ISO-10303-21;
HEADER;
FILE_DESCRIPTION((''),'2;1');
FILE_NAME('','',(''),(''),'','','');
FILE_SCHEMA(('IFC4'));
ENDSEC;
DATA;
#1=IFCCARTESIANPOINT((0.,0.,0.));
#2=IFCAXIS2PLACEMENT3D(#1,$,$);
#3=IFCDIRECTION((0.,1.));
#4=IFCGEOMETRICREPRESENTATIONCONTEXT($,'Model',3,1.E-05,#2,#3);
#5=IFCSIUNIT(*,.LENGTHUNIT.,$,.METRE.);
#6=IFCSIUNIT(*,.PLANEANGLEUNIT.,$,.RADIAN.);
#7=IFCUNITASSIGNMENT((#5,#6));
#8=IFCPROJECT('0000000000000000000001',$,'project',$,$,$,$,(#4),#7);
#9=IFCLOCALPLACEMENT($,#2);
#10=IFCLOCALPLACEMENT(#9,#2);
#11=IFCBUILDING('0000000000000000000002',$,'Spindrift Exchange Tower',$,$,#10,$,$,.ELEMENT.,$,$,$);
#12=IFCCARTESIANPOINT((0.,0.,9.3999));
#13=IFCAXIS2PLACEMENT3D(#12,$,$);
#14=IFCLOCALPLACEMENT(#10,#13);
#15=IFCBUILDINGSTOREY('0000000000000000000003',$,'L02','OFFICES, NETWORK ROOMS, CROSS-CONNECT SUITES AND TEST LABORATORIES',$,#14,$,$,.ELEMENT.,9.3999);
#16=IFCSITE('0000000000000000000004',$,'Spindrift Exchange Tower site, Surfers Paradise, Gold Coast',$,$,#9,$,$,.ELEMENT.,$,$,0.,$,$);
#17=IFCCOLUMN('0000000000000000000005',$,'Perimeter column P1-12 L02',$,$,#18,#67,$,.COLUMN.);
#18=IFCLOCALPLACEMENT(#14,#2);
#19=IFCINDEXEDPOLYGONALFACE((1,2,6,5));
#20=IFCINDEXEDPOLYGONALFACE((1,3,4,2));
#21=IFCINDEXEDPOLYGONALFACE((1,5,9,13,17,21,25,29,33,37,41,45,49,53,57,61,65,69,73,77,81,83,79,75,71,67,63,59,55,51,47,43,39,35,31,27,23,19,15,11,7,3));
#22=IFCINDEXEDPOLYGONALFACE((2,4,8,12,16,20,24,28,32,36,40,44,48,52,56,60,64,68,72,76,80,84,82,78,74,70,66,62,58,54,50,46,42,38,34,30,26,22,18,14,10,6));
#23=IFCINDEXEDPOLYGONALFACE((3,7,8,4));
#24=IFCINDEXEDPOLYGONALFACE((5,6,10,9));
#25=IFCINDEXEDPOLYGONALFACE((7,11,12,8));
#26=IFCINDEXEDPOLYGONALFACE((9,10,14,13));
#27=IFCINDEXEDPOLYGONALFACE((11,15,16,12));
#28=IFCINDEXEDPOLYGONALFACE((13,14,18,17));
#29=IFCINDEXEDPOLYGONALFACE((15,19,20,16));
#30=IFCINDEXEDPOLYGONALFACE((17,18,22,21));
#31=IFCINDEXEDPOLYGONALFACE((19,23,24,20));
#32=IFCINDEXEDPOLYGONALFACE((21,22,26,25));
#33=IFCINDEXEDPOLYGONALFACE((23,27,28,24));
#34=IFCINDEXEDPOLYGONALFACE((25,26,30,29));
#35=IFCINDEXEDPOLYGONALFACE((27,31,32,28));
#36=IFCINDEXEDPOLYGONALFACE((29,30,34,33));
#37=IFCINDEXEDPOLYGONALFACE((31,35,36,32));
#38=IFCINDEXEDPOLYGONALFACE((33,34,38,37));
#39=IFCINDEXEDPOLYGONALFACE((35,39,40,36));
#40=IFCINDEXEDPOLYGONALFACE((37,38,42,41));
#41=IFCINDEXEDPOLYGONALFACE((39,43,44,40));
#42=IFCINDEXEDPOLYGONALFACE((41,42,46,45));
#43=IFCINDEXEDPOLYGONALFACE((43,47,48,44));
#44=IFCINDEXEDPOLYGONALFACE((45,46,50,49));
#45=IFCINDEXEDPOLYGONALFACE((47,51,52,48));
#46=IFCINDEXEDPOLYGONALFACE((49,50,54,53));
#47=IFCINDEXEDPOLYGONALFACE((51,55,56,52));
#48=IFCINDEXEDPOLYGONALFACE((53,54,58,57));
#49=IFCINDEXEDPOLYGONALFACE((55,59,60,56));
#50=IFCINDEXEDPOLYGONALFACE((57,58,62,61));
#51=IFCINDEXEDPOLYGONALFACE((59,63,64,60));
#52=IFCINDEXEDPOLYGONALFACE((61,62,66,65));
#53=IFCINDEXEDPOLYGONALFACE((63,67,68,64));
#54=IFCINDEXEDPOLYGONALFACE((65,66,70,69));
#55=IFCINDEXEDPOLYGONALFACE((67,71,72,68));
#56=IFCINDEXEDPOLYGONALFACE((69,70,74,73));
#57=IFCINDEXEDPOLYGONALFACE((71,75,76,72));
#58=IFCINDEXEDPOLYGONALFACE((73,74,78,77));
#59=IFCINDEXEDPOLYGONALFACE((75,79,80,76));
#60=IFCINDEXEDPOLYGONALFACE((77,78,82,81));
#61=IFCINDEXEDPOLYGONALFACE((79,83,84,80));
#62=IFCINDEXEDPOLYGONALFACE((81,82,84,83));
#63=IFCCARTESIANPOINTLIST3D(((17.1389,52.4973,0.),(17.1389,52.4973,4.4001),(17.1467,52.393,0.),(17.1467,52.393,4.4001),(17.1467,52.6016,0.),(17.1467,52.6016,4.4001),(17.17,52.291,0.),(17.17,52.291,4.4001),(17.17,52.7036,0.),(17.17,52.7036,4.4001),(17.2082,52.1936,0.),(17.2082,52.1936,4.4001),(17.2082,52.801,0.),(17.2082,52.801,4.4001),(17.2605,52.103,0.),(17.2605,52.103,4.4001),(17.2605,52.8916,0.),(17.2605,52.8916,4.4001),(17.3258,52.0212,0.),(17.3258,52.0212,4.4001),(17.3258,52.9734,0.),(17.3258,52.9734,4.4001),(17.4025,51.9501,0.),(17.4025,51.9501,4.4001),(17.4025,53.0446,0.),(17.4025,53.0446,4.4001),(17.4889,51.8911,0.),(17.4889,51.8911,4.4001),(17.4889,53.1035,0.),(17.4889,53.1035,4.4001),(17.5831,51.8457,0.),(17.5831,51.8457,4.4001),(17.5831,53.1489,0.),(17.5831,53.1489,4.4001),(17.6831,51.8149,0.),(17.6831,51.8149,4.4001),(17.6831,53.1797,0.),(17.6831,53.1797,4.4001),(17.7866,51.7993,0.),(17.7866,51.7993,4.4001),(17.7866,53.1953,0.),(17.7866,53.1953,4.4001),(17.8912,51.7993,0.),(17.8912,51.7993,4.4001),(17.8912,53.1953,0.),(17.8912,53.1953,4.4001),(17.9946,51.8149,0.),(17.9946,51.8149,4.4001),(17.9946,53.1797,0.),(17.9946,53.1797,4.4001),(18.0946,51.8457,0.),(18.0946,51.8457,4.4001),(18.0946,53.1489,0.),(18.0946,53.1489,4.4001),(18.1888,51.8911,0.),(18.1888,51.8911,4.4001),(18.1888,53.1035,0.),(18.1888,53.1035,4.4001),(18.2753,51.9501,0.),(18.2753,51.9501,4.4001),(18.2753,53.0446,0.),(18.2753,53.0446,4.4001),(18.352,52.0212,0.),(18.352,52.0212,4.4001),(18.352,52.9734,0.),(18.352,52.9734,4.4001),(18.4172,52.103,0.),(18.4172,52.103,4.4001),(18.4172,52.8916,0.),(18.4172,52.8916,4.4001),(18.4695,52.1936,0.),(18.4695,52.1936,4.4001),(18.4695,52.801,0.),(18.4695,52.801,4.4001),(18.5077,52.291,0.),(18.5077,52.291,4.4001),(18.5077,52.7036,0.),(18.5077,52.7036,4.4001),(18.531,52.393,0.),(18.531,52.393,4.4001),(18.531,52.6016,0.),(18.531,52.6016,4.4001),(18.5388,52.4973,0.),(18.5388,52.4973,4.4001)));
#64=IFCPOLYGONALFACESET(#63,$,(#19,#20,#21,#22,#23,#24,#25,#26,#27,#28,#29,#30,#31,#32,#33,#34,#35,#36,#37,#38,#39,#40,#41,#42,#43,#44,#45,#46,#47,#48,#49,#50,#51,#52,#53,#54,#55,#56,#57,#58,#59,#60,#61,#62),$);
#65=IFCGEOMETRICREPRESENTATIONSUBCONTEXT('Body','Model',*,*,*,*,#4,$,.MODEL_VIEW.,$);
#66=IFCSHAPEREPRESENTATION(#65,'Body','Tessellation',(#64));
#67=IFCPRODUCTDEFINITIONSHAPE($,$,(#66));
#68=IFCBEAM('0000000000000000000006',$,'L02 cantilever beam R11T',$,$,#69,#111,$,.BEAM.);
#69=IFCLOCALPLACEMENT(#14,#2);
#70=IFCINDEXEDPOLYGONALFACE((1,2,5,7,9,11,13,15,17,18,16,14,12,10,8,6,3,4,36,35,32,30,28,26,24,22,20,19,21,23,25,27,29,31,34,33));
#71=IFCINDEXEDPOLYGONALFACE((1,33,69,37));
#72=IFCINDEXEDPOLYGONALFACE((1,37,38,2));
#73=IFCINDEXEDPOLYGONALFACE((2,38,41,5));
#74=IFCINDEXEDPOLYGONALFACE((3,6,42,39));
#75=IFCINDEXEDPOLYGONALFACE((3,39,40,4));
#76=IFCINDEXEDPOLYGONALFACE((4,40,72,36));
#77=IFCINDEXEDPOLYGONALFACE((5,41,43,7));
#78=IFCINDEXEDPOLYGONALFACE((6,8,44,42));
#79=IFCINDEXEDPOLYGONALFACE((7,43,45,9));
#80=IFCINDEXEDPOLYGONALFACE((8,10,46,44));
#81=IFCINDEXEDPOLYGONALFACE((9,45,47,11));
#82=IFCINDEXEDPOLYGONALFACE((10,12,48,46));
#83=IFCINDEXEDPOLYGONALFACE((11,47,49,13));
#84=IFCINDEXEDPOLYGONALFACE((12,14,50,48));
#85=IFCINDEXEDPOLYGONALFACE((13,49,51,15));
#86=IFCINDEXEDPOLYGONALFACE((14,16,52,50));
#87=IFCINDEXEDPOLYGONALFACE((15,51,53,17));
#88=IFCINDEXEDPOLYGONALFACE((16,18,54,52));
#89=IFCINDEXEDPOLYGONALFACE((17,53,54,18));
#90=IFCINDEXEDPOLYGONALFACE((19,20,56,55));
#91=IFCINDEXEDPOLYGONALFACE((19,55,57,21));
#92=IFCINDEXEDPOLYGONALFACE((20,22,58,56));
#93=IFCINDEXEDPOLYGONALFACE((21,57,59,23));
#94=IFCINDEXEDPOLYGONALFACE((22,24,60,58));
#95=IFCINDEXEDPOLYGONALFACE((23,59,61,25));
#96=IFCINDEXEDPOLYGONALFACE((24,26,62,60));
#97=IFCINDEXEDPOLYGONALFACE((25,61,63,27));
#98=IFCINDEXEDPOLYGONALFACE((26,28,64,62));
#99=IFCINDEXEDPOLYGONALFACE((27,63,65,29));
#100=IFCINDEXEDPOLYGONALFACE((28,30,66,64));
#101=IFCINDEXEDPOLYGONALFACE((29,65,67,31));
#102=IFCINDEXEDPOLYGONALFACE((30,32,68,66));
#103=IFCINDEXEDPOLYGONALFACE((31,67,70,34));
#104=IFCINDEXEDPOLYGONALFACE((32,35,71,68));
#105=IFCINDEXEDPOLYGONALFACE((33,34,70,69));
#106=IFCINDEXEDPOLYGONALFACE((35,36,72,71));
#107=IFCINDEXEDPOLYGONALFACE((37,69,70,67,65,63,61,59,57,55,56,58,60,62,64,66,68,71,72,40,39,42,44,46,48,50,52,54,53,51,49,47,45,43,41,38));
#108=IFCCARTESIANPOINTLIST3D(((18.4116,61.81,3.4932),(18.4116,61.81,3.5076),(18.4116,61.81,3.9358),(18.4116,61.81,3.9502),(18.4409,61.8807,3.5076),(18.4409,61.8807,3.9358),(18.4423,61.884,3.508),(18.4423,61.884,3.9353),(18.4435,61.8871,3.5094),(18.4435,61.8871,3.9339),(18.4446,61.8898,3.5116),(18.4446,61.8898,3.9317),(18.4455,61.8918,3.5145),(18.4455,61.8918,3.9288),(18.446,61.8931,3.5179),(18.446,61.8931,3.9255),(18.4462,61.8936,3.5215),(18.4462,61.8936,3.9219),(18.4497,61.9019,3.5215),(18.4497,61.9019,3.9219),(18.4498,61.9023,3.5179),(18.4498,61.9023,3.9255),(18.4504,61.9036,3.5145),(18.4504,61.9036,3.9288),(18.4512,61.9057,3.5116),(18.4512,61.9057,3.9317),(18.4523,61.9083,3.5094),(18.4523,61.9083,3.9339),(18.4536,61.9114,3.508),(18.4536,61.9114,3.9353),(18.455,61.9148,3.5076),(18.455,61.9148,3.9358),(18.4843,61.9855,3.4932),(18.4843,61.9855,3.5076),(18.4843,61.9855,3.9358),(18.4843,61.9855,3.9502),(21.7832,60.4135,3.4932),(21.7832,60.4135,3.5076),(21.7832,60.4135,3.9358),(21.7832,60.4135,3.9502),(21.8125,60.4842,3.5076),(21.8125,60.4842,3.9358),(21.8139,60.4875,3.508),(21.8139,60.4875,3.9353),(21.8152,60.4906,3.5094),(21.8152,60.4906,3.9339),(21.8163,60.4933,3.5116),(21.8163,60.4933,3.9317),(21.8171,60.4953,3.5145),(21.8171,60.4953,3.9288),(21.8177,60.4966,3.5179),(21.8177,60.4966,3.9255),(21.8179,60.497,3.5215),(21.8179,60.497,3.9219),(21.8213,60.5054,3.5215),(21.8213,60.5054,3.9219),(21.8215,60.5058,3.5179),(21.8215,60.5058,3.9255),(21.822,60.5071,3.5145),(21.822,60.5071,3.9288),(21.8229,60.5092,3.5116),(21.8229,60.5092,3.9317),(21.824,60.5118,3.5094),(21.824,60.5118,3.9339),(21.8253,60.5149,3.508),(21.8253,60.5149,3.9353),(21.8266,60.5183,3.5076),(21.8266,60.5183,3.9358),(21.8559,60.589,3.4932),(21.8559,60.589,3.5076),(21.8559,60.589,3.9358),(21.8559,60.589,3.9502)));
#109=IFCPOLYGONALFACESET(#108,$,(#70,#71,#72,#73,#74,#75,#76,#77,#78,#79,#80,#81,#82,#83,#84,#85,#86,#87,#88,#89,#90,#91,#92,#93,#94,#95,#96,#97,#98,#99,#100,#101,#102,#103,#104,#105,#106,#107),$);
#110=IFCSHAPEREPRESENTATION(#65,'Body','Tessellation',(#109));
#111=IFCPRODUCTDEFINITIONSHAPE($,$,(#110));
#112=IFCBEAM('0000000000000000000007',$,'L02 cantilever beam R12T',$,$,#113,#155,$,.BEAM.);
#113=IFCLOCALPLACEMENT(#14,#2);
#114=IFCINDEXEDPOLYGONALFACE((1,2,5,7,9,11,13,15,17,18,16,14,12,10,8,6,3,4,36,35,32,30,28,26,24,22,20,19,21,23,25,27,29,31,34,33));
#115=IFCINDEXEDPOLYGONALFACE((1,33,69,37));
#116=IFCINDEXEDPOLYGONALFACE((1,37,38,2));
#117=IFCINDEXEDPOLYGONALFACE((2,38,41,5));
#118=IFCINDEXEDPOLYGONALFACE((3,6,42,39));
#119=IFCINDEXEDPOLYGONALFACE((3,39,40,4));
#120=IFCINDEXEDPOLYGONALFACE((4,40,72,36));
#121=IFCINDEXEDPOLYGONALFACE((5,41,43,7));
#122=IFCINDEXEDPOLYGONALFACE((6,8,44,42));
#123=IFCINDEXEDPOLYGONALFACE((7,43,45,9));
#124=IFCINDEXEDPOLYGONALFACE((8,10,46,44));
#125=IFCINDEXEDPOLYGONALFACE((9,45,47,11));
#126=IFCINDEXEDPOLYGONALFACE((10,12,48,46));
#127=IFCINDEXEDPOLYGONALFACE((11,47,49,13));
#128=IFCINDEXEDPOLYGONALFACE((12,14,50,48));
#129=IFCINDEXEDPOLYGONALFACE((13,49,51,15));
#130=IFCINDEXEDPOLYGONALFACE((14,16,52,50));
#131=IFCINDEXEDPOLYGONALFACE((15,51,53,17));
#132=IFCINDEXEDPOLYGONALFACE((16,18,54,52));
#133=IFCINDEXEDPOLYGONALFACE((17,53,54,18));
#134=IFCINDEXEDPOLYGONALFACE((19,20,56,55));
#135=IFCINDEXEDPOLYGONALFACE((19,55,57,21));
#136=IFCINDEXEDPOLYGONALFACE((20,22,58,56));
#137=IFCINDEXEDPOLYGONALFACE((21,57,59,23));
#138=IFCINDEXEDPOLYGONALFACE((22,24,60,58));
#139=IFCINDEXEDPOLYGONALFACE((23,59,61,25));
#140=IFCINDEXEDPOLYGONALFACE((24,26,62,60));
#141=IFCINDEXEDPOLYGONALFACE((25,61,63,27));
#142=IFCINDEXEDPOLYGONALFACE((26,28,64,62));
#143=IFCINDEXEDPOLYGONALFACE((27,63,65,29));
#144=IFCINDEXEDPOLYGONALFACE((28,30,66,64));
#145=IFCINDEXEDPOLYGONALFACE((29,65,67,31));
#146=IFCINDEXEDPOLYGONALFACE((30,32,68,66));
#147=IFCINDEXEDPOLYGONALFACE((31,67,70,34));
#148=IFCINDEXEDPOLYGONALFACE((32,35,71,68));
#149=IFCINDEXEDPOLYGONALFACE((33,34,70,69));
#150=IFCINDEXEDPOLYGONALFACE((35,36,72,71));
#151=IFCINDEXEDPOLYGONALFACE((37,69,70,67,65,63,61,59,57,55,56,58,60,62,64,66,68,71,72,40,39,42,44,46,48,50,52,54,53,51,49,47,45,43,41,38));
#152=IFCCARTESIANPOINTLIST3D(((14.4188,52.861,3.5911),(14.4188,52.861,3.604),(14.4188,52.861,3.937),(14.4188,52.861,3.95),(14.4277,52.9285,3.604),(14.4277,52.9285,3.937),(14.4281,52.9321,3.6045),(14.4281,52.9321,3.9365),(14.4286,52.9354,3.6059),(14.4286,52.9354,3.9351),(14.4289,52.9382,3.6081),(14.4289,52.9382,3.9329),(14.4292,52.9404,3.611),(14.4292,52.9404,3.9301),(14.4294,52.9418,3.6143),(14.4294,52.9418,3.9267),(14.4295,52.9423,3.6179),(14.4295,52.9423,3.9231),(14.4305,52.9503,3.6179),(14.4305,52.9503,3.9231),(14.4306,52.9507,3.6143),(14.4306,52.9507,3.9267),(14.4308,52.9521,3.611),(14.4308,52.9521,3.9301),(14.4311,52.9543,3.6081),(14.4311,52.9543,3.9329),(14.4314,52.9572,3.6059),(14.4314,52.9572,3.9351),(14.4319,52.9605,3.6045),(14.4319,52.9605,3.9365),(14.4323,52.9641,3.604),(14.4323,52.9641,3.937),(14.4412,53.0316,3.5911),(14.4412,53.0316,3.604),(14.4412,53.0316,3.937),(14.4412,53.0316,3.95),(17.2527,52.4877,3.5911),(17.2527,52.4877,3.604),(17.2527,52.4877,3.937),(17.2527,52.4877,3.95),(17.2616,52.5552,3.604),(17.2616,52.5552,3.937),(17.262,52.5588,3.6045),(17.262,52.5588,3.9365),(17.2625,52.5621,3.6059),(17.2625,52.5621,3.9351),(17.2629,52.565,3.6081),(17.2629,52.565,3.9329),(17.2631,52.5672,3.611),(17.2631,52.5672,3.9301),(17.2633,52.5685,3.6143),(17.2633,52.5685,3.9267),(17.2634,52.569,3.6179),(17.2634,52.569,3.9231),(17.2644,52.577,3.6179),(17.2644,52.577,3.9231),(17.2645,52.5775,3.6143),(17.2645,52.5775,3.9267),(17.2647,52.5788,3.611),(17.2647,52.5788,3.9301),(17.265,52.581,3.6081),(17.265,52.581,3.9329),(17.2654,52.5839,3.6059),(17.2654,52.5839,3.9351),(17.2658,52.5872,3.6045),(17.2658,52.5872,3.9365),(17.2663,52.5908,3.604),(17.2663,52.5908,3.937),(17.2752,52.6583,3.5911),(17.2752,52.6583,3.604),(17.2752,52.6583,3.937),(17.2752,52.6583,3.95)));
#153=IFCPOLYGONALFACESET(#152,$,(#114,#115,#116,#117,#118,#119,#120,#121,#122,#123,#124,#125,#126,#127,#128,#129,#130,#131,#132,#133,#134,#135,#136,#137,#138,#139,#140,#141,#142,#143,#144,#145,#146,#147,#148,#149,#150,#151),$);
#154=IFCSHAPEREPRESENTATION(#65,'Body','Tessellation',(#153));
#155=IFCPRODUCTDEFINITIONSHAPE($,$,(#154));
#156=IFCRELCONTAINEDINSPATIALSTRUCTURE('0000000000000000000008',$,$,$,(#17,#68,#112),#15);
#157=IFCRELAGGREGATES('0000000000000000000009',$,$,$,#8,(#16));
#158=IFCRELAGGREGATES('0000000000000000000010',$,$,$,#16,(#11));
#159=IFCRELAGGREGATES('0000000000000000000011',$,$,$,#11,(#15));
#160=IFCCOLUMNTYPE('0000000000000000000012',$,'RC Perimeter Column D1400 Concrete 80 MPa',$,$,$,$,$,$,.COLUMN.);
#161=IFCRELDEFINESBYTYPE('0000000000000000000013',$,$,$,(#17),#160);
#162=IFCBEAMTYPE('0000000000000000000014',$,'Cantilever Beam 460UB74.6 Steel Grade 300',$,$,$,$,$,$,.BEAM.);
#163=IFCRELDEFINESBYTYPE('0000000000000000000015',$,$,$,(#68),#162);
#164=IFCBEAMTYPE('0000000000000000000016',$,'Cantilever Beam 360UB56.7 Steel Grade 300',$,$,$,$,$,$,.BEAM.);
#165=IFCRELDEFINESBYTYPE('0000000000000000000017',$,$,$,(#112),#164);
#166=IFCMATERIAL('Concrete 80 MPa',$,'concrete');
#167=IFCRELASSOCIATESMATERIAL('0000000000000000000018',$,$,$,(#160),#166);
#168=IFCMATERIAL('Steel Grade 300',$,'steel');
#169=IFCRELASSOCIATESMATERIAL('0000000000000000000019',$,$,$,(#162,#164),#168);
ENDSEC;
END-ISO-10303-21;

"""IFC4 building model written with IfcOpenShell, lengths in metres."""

from ifc_helpers import new_model, si_unit, direction, frame, origin, origin_2d, place, context, subcontext, project, spatial, circle, i_section, extrude, source, transform, mapped, material, material_profile, profile_set, type_object, element, save


model = new_model("IFC4")

# Units and contexts
model_context = context("Model", 3, precision=1e-05, world=origin(), true_north=direction((0.0, 1.0)))
body_context = subcontext(model_context, "Body", "Model", "MODEL_VIEW")
ifc_project = project(units=[si_unit("LENGTHUNIT", "METRE"), si_unit("PLANEANGLEUNIT", "RADIAN")], contexts=[model_context])

# Site, building, storey
site_placement = place(None, origin())
site = spatial("IfcSite", under=ifc_project, at=site_placement, Name="Spindrift Exchange Tower site, Surfers Paradise, Gold Coast", CompositionType="ELEMENT", RefElevation=0.0)
building_placement = place(site_placement, origin())
building = spatial("IfcBuilding", under=site, at=building_placement, Name="Spindrift Exchange Tower", CompositionType="ELEMENT")
storey_placement = place(building_placement, frame((0.0, 0.0, 9.3999)))
storey = spatial("IfcBuildingStorey", under=building, at=storey_placement, Name="L02", Description="OFFICES, NETWORK ROOMS, CROSS-CONNECT SUITES AND TEST LABORATORIES", CompositionType="ELEMENT", Elevation=9.3999)

# Column
ifc_material_1 = material(Name="Concrete 80 MPa", Category="concrete")
ifc_material_profile_1 = material_profile(ifc_material_1, circle(Radius=0.7, at=origin_2d()), Name="RC D1400")
ifc_profile_set_1 = profile_set([ifc_material_profile_1], Name="Concrete 80 MPa")
column_type = type_object("IfcColumnType", Name="RC Perimeter Column D1400 Concrete 80 MPa", PredefinedType="COLUMN", material=ifc_profile_set_1)
shared_shape_1 = source(origin(), body_context, "Body", "SweptSolid", [
    extrude(circle(Radius=0.7, at=origin_2d()), origin(), (0.0, 0.0, 1.0), 4.4001),
])
column_placement = place(storey_placement, frame((17.8389, 52.4973, 0.0), z_axis=(0.0, 0.0, 1.0), x_axis=(1.0, 0.0, 0.0)))
element("IfcColumn", 1, at=column_placement, inside=storey, type_object=column_type, Name="Perimeter column P1-12 L02", PredefinedType="COLUMN", context=body_context, shape_type="MappedRepresentation", body=[
    mapped(shared_shape_1, transform((0.0, 0.0, 0.0), scale=1.0)),
])

# Beams
ifc_material_2 = material(Name="Steel Grade 300", Category="steel")
ifc_material_profile_2 = material_profile(ifc_material_2, i_section(OverallWidth=0.1899, OverallDepth=0.457, WebThickness=0.009, FlangeThickness=0.0144, FilletRadius=0.0139, at=origin_2d()), Name="460UB74.6")
ifc_profile_set_2 = profile_set([ifc_material_profile_2], Name="Steel Grade 300")
beam_type_1 = type_object("IfcBeamType", Name="Cantilever Beam 460UB74.6 Steel Grade 300", PredefinedType="BEAM", material=ifc_profile_set_2)
shared_shape_2 = source(origin(), body_context, "Body", "SweptSolid", [
    extrude(i_section(OverallWidth=0.1899, OverallDepth=0.457, WebThickness=0.009, FlangeThickness=0.0144, FilletRadius=0.0139, at=origin_2d()), origin(), (0.0, 0.0, 1.0), 3.6494),
])
beam_1_placement = place(storey_placement, frame((21.8196, 60.5012, 3.7217), z_axis=(-0.923886, 0.382667, 0.0), x_axis=(-0.382667, -0.923886, 0.0)))
element("IfcBeam", 2, at=beam_1_placement, inside=storey, type_object=beam_type_1, Name="L02 cantilever beam R11T", PredefinedType="BEAM", context=body_context, shape_type="MappedRepresentation", body=[
    mapped(shared_shape_2, transform((0.0, 0.0, 0.0), scale=1.0)),
])
ifc_material_profile_3 = material_profile(ifc_material_2, i_section(OverallWidth=0.1721, OverallDepth=0.3589, WebThickness=0.0081, FlangeThickness=0.0129, FilletRadius=0.0139, at=origin_2d()), Name="360UB56.7")
ifc_profile_set_3 = profile_set([ifc_material_profile_3], Name="Steel Grade 300")
beam_type_2 = type_object("IfcBeamType", Name="Cantilever Beam 360UB56.7 Steel Grade 300", PredefinedType="BEAM", material=ifc_profile_set_3)
shared_shape_3 = source(origin(), body_context, "Body", "SweptSolid", [
    extrude(i_section(OverallWidth=0.1721, OverallDepth=0.3589, WebThickness=0.0081, FlangeThickness=0.0129, FilletRadius=0.0139, at=origin_2d()), origin(), (0.0, 0.0, 1.0), 2.8584),
])
beam_2_placement = place(storey_placement, frame((17.2639, 52.573, 3.7705), z_axis=(-0.991436, 0.130591, 0.0), x_axis=(-0.130591, -0.991436, 0.0)))
element("IfcBeam", 3, at=beam_2_placement, inside=storey, type_object=beam_type_2, Name="L02 cantilever beam R12T", PredefinedType="BEAM", context=body_context, shape_type="MappedRepresentation", body=[
    mapped(shared_shape_3, transform((0.0, 0.0, 0.0), scale=1.0)),
])

save(model, "model.ifc")
